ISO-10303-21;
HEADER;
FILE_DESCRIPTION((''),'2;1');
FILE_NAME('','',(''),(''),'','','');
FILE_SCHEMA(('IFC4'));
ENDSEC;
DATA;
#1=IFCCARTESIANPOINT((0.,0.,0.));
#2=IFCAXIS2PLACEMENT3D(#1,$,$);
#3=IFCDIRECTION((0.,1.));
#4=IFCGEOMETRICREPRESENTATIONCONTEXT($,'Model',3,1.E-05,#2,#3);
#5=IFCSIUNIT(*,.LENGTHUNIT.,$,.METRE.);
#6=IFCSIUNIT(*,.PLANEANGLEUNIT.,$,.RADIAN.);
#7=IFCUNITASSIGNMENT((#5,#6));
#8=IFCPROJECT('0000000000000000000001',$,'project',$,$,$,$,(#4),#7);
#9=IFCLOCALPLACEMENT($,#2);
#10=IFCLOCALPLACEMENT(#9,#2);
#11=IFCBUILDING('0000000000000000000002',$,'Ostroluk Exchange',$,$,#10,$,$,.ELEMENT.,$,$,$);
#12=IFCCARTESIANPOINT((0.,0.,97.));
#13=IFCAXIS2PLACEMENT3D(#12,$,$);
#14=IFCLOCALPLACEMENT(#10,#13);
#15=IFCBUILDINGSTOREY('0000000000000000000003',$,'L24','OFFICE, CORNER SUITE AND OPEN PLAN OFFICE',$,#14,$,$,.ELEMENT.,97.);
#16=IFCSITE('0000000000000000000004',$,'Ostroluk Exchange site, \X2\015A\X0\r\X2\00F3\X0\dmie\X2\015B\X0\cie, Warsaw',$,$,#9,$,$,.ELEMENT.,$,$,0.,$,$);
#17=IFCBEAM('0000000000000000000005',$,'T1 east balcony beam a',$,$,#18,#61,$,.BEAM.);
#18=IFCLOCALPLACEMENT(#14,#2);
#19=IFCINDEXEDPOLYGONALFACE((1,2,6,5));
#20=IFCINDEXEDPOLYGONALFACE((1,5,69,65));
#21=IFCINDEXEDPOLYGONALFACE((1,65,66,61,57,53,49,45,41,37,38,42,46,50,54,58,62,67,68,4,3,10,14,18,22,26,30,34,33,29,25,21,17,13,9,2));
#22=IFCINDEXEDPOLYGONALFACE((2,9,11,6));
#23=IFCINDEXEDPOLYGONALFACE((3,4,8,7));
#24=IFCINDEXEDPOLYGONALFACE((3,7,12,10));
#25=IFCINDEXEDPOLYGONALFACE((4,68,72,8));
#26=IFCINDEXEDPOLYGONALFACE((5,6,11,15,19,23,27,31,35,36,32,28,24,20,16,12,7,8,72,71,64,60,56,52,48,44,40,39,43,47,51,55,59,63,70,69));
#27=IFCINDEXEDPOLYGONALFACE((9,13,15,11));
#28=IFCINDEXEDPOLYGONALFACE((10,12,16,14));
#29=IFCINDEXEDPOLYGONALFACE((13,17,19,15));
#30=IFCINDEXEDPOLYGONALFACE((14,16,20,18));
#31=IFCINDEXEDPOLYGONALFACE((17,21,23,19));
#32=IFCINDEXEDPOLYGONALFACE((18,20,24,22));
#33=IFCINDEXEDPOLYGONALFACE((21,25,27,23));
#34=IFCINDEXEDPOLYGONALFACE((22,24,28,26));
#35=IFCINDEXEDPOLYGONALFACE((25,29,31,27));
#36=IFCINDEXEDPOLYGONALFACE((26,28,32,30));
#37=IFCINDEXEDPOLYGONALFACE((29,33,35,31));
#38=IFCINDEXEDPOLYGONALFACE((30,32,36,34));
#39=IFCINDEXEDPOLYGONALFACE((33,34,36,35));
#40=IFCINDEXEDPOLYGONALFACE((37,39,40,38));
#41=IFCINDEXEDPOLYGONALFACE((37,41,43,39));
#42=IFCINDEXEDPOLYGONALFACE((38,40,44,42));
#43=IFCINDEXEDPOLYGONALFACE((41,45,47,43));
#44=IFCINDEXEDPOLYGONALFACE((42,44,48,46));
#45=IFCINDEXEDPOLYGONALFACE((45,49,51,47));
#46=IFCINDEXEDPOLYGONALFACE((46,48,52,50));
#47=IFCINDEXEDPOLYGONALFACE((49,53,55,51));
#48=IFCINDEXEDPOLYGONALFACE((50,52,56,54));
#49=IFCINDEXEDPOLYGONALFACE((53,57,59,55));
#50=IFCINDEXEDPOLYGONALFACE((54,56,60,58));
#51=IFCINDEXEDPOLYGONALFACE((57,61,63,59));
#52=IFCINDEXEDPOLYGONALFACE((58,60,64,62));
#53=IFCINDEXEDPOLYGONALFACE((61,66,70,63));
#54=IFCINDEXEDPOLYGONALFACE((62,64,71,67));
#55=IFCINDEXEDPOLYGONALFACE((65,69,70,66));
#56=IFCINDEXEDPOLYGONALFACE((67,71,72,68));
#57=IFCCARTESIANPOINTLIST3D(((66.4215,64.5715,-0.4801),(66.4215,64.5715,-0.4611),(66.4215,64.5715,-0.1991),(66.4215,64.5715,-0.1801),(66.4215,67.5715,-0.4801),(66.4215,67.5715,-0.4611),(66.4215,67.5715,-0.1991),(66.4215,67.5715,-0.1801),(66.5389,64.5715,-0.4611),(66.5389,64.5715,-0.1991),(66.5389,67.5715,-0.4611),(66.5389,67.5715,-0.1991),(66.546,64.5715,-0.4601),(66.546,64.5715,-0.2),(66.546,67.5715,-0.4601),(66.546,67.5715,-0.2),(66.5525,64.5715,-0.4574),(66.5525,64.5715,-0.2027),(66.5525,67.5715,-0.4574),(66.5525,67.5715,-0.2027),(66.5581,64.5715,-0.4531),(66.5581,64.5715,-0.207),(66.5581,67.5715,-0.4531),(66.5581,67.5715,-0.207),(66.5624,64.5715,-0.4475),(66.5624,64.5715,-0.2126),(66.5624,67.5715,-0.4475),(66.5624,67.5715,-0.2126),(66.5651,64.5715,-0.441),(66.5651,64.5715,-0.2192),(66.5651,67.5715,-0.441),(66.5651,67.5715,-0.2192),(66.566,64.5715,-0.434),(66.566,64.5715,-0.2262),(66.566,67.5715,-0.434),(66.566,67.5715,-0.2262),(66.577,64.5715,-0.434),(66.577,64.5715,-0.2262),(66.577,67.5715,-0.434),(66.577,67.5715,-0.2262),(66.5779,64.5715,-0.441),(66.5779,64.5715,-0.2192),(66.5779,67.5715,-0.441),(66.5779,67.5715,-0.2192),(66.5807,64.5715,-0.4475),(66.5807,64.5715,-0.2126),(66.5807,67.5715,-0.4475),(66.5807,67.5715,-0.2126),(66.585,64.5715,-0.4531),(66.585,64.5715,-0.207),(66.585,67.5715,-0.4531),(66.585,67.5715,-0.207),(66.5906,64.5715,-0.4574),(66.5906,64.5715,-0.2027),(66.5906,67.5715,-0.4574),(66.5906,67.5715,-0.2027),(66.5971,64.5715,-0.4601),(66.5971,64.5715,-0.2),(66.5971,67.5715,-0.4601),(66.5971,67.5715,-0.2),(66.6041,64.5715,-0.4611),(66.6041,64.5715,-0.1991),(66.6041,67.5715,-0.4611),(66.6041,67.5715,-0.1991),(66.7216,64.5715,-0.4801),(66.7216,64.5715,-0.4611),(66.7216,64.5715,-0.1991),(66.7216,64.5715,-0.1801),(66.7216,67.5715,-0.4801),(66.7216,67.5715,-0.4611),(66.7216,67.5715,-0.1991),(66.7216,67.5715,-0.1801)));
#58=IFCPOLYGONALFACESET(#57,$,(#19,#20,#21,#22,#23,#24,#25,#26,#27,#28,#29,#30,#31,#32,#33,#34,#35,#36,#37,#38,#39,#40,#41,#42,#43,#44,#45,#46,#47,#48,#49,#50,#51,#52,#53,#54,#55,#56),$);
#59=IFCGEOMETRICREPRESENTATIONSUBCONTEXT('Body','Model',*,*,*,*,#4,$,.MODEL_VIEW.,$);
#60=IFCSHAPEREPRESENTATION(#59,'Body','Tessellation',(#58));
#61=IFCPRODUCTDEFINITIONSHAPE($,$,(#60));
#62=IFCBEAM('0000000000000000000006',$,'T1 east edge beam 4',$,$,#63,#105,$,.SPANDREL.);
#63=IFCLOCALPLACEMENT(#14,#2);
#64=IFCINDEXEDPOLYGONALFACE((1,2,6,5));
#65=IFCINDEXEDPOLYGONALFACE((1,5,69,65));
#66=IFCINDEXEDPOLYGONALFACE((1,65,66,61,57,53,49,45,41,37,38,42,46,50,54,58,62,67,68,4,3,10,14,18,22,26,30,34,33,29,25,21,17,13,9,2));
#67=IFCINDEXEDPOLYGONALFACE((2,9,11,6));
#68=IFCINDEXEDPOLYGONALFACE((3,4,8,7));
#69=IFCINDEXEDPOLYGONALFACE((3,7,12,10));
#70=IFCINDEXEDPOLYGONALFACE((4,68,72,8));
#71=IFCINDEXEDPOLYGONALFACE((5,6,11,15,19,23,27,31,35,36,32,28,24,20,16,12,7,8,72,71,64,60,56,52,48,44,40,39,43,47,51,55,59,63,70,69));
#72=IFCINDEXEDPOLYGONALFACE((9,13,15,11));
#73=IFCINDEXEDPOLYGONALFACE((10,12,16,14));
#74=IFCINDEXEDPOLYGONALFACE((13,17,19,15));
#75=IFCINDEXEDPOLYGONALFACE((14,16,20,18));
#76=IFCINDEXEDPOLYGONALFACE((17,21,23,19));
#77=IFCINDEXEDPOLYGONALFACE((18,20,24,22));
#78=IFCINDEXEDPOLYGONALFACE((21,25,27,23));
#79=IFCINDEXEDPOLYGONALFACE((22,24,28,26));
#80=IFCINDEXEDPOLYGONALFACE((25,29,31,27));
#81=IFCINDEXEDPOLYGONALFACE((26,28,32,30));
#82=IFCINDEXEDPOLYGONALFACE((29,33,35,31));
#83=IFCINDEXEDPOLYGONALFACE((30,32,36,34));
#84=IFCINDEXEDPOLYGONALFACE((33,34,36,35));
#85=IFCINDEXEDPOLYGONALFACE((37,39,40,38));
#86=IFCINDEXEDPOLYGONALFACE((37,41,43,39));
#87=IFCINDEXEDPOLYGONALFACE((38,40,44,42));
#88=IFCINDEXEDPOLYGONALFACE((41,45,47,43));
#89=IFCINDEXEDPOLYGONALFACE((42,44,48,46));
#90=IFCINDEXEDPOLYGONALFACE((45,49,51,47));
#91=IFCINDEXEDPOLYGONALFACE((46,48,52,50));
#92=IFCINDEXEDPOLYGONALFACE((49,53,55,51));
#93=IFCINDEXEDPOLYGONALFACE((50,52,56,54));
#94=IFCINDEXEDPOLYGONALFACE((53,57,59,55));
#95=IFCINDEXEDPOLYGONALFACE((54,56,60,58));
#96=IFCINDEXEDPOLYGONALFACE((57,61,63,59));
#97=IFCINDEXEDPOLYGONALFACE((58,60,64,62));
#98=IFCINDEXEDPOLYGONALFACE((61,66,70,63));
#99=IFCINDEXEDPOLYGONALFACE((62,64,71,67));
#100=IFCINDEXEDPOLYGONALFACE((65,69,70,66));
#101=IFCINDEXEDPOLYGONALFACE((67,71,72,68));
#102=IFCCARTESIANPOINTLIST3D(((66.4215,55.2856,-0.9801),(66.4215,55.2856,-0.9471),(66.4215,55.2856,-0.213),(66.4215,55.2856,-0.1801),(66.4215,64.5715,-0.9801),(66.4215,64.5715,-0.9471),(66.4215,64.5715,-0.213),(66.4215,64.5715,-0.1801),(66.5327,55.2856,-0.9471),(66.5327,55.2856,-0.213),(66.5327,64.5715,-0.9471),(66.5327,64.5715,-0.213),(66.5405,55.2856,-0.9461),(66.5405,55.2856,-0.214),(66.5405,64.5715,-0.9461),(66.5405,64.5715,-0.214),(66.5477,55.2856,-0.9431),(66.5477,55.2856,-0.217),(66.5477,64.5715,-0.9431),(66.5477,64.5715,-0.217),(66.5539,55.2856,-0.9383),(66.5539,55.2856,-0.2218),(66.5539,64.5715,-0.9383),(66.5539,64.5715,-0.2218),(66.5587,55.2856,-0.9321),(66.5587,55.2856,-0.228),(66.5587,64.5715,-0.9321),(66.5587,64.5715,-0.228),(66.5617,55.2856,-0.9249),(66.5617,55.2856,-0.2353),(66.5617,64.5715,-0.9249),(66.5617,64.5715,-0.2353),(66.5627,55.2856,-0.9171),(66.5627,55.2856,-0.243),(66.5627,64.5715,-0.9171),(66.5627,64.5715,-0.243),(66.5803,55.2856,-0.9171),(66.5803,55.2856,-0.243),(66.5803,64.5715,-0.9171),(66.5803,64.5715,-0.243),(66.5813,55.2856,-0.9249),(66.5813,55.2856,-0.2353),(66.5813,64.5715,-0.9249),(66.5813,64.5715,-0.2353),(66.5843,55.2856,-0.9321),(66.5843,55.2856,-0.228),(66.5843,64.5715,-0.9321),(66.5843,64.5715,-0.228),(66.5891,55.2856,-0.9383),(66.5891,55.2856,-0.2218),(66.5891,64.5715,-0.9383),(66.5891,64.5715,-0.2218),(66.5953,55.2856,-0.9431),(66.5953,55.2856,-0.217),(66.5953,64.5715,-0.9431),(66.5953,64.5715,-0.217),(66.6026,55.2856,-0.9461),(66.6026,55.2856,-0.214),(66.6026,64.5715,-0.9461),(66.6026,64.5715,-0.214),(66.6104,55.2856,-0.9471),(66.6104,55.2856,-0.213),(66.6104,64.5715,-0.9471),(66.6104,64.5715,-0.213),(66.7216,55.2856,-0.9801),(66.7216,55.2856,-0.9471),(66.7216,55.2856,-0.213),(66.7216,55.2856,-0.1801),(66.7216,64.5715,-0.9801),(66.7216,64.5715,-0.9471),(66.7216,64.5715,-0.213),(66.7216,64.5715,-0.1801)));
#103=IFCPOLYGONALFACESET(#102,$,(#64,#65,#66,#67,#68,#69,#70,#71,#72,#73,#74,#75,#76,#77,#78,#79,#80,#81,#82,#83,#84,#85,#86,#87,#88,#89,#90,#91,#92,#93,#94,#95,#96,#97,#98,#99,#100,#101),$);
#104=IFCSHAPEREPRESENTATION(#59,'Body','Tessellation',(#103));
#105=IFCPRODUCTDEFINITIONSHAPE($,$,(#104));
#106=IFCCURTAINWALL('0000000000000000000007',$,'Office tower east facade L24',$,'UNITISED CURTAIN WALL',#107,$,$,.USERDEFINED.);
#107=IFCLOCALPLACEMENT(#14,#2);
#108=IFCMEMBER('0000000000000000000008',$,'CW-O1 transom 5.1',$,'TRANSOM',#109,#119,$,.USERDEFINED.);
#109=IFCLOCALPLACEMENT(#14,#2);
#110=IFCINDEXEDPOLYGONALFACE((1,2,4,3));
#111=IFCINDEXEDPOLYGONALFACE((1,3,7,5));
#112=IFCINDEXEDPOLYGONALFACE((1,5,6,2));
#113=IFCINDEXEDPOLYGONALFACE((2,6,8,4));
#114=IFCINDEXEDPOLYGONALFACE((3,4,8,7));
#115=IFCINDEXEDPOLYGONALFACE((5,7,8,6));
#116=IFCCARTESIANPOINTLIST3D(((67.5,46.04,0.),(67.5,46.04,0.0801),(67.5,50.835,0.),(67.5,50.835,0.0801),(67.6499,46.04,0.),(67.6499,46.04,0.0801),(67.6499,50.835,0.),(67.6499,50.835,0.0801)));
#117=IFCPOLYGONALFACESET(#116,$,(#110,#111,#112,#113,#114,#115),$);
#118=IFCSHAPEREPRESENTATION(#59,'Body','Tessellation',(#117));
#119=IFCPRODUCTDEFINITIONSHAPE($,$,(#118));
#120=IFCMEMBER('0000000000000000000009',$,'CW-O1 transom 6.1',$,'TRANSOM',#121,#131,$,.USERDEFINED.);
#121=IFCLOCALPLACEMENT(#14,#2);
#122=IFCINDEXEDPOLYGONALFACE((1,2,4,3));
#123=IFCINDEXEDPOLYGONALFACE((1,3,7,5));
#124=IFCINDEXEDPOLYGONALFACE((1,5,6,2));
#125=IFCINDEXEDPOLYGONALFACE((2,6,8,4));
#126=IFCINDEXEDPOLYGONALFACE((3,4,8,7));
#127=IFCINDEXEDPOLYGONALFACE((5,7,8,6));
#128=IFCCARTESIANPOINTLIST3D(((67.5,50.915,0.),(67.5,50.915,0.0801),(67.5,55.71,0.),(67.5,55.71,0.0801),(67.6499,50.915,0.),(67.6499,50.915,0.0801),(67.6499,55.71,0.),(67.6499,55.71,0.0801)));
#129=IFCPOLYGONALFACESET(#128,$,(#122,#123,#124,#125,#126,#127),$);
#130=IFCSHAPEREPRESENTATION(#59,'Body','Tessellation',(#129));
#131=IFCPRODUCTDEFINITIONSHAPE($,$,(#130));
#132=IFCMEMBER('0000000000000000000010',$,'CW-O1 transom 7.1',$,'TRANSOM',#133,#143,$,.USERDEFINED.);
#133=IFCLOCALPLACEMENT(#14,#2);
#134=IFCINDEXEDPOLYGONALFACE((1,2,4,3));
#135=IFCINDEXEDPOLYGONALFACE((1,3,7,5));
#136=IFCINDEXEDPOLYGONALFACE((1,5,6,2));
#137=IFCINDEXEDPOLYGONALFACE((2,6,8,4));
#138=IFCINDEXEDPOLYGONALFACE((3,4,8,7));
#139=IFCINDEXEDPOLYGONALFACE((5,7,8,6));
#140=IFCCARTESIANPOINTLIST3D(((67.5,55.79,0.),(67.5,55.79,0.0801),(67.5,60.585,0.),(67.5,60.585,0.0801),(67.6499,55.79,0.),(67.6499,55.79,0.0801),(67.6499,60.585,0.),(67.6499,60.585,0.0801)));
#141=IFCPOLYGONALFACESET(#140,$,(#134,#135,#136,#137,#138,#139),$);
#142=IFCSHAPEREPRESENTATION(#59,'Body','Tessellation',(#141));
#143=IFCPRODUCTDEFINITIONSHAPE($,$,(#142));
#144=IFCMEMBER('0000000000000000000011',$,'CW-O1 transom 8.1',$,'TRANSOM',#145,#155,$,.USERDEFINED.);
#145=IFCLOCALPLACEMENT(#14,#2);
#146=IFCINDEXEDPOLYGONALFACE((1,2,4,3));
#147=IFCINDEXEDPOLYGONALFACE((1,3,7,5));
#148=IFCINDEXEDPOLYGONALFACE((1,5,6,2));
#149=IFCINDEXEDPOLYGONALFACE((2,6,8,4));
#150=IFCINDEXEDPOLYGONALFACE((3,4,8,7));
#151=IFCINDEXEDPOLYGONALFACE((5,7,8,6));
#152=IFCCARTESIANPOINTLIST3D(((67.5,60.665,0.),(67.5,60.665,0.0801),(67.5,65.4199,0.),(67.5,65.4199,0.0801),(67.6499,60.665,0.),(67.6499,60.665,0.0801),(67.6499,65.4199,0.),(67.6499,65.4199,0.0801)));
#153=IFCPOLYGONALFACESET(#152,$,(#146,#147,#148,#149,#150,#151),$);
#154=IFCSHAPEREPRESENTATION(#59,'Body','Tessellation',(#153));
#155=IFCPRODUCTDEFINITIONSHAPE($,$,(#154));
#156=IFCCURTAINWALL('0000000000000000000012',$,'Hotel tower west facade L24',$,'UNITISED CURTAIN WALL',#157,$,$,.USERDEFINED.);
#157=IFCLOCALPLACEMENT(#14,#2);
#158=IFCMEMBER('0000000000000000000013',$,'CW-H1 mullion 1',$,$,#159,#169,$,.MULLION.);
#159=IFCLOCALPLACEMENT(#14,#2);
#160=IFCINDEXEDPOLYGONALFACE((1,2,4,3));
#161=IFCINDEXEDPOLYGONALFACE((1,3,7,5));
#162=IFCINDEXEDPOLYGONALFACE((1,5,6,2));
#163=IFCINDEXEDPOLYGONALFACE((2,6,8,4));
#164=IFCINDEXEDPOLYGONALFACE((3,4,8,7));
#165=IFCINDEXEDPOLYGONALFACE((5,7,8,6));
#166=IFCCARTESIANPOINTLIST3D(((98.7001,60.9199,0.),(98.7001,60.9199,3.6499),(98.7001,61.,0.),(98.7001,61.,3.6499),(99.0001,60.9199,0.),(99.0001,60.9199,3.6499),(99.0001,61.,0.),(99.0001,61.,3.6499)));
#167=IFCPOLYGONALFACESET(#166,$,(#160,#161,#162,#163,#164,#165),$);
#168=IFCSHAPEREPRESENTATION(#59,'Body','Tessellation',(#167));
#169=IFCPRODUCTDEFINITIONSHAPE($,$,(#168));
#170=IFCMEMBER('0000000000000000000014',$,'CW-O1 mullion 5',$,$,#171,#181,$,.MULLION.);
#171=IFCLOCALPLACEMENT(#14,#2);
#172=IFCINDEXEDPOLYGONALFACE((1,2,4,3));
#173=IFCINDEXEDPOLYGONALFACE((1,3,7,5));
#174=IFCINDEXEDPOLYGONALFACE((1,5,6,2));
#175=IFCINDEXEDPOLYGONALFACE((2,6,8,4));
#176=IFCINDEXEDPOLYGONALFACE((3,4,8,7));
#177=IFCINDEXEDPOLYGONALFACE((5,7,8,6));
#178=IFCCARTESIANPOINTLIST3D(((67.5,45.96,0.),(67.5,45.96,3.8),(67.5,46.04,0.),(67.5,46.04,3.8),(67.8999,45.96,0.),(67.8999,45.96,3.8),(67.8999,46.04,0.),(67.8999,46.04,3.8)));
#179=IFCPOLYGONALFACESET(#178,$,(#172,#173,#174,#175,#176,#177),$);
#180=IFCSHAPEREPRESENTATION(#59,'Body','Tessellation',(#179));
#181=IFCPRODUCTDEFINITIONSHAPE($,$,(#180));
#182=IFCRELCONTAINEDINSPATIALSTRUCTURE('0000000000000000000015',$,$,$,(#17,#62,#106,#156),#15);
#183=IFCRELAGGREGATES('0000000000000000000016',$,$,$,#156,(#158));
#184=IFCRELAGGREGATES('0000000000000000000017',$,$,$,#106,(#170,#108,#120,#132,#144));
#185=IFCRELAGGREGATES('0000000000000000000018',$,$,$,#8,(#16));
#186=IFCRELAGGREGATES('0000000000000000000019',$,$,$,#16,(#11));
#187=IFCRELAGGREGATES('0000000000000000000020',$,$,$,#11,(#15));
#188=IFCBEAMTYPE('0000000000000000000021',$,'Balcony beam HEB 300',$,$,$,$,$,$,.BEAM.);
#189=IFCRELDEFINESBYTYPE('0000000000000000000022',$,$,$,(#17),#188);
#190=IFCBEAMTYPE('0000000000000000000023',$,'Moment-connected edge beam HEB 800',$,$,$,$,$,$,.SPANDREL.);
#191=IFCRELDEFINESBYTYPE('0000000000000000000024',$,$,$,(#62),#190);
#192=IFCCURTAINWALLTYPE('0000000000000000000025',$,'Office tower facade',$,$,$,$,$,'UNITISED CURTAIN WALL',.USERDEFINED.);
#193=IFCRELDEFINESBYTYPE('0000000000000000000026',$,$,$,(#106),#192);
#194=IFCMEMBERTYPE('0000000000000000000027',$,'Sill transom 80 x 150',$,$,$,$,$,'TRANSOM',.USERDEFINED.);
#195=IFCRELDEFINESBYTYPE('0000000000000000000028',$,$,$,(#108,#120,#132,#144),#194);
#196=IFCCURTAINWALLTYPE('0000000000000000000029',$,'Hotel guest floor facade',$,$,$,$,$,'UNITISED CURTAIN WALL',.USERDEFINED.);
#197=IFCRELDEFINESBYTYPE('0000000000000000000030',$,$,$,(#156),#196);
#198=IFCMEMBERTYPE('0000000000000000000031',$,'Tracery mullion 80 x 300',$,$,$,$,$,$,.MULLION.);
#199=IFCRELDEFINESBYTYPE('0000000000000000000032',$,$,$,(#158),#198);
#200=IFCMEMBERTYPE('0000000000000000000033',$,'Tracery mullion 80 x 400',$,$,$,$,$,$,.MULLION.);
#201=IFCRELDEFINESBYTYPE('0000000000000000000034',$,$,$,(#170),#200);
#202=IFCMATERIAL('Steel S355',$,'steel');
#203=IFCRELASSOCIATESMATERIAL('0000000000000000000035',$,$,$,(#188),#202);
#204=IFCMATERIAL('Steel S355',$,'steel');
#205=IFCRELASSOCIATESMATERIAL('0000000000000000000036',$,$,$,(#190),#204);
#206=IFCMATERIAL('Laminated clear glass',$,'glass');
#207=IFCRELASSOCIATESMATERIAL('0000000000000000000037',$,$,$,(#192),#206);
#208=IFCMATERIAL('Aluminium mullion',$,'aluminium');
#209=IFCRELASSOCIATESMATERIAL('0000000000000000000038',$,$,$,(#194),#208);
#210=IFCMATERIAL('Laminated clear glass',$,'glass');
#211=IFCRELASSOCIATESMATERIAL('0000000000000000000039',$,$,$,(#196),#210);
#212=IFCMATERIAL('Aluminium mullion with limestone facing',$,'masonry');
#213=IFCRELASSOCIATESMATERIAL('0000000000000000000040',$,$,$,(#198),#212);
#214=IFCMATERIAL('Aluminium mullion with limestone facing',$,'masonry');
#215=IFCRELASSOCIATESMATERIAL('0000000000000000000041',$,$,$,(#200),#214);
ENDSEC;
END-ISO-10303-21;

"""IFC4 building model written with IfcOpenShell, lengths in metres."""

from ifc_helpers import new_model, si_unit, direction, frame, origin, origin_2d, place, context, subcontext, project, spatial, rectangle, i_section, extrude, material, material_profile, profile_set, type_object, element, aggregate, save


model = new_model("IFC4")

# Units and contexts
model_context = context("Model", 3, precision=1e-05, world=origin(), true_north=direction((0.0, 1.0)))
body_context = subcontext(model_context, "Body", "Model", "MODEL_VIEW")
ifc_project = project(units=[si_unit("LENGTHUNIT", "METRE"), si_unit("PLANEANGLEUNIT", "RADIAN")], contexts=[model_context])

# Site, building, storey
site_placement = place(None, origin())
site = spatial("IfcSite", under=ifc_project, at=site_placement, Name="Ostroluk Exchange site, Śródmieście, Warsaw", CompositionType="ELEMENT", RefElevation=0.0)
building_placement = place(site_placement, origin())
building = spatial("IfcBuilding", under=site, at=building_placement, Name="Ostroluk Exchange", CompositionType="ELEMENT")
storey_placement = place(building_placement, frame((0.0, 0.0, 97.0)))
storey = spatial("IfcBuildingStorey", under=building, at=storey_placement, Name="L24", Description="OFFICE, CORNER SUITE AND OPEN PLAN OFFICE", CompositionType="ELEMENT", Elevation=97.0)

# Beams
ifc_material_1 = material(Name="Steel S355", Category="steel")
ifc_material_profile_1 = material_profile(ifc_material_1, i_section(OverallWidth=0.3, OverallDepth=0.3, WebThickness=0.011, FlangeThickness=0.019, FilletRadius=0.0271, at=origin_2d()), Name="HEB 300")
ifc_profile_set_1 = profile_set([ifc_material_profile_1], Name="Steel S355")
beam_type_1 = type_object("IfcBeamType", Name="Balcony beam HEB 300", PredefinedType="BEAM", material=ifc_profile_set_1)
beam_1_placement = place(storey_placement, frame((66.5715, 64.5715, -0.3301), z_axis=(0.0, 1.0, 0.0), x_axis=(-1.0, 0.0, 0.0)))
element("IfcBeam", 1, at=beam_1_placement, inside=storey, type_object=beam_type_1, Name="T1 east balcony beam a", PredefinedType="BEAM", context=body_context, shape_type="SweptSolid", body=[
    extrude(i_section(OverallWidth=0.3, OverallDepth=0.3, WebThickness=0.011, FlangeThickness=0.019, FilletRadius=0.0271, at=origin_2d()), origin(), (0.0, 0.0, 1.0), 3.0),
])
ifc_material_2 = material(Name="Steel S355", Category="steel")
ifc_material_profile_2 = material_profile(ifc_material_2, i_section(OverallWidth=0.3, OverallDepth=0.8, WebThickness=0.0176, FlangeThickness=0.033, FilletRadius=0.03, at=origin_2d()), Name="HEB 800")
ifc_profile_set_2 = profile_set([ifc_material_profile_2], Name="Steel S355")
beam_type_2 = type_object("IfcBeamType", Name="Moment-connected edge beam HEB 800", PredefinedType="SPANDREL", material=ifc_profile_set_2)
beam_2_placement = place(storey_placement, frame((66.5715, 55.2856, -0.5801), z_axis=(0.0, 1.0, 0.0), x_axis=(-1.0, 0.0, 0.0)))
element("IfcBeam", 2, at=beam_2_placement, inside=storey, type_object=beam_type_2, Name="T1 east edge beam 4", PredefinedType="SPANDREL", context=body_context, shape_type="SweptSolid", body=[
    extrude(i_section(OverallWidth=0.3, OverallDepth=0.8, WebThickness=0.0176, FlangeThickness=0.033, FilletRadius=0.03, at=origin_2d()), origin(), (0.0, 0.0, 1.0), 9.2859),
])

# Curtain wall, members
ifc_material_3 = material(Name="Laminated clear glass", Category="glass")
curtain_wall_type_1 = type_object("IfcCurtainWallType", Name="Office tower facade", ElementType="UNITISED CURTAIN WALL", PredefinedType="USERDEFINED", material=ifc_material_3)
curtain_wall_1_placement = place(storey_placement, origin())
curtain_wall_1 = element("IfcCurtainWall", 3, at=curtain_wall_1_placement, inside=storey, type_object=curtain_wall_type_1, Name="Office tower east facade L24", ObjectType="UNITISED CURTAIN WALL", PredefinedType="USERDEFINED")
ifc_material_4 = material(Name="Aluminium mullion", Category="aluminium")
ifc_material_profile_3 = material_profile(ifc_material_4, rectangle(XDim=0.1499, YDim=0.0801, at=origin_2d()), Name="Sill transom 80 x 150")
ifc_profile_set_3 = profile_set([ifc_material_profile_3], Name="Aluminium mullion")
member_type_1 = type_object("IfcMemberType", Name="Sill transom 80 x 150", ElementType="TRANSOM", PredefinedType="USERDEFINED", material=ifc_profile_set_3)
member_1_placement = place(storey_placement, frame((67.575, 46.04, 0.04), z_axis=(0.0, 1.0, 0.0), x_axis=(-1.0, 0.0, 0.0)))
member_1 = element("IfcMember", 4, at=member_1_placement, type_object=member_type_1, Name="CW-O1 transom 5.1", ObjectType="TRANSOM", PredefinedType="USERDEFINED", context=body_context, shape_type="SweptSolid", body=[
    extrude(rectangle(XDim=0.1499, YDim=0.0801, at=origin_2d()), origin(), (0.0, 0.0, 1.0), 4.7949),
])
member_2_placement = place(storey_placement, frame((67.575, 50.915, 0.04), z_axis=(0.0, 1.0, 0.0), x_axis=(-1.0, 0.0, 0.0)))
member_2 = element("IfcMember", 5, at=member_2_placement, type_object=member_type_1, Name="CW-O1 transom 6.1", ObjectType="TRANSOM", PredefinedType="USERDEFINED", context=body_context, shape_type="SweptSolid", body=[
    extrude(rectangle(XDim=0.1499, YDim=0.0801, at=origin_2d()), origin(), (0.0, 0.0, 1.0), 4.7949),
])
member_3_placement = place(storey_placement, frame((67.575, 55.79, 0.04), z_axis=(0.0, 1.0, 0.0), x_axis=(-1.0, 0.0, 0.0)))
member_3 = element("IfcMember", 6, at=member_3_placement, type_object=member_type_1, Name="CW-O1 transom 7.1", ObjectType="TRANSOM", PredefinedType="USERDEFINED", context=body_context, shape_type="SweptSolid", body=[
    extrude(rectangle(XDim=0.1499, YDim=0.0801, at=origin_2d()), origin(), (0.0, 0.0, 1.0), 4.7949),
])
member_4_placement = place(storey_placement, frame((67.575, 60.665, 0.04), z_axis=(0.0, 1.0, 0.0), x_axis=(-1.0, 0.0, 0.0)))
member_4 = element("IfcMember", 7, at=member_4_placement, type_object=member_type_1, Name="CW-O1 transom 8.1", ObjectType="TRANSOM", PredefinedType="USERDEFINED", context=body_context, shape_type="SweptSolid", body=[
    extrude(rectangle(XDim=0.1499, YDim=0.0801, at=origin_2d()), origin(), (0.0, 0.0, 1.0), 4.7549),
])

# Curtain wall, member
ifc_material_5 = material(Name="Laminated clear glass", Category="glass")
curtain_wall_type_2 = type_object("IfcCurtainWallType", Name="Hotel guest floor facade", ElementType="UNITISED CURTAIN WALL", PredefinedType="USERDEFINED", material=ifc_material_5)
curtain_wall_2_placement = place(storey_placement, origin())
curtain_wall_2 = element("IfcCurtainWall", 8, at=curtain_wall_2_placement, inside=storey, type_object=curtain_wall_type_2, Name="Hotel tower west facade L24", ObjectType="UNITISED CURTAIN WALL", PredefinedType="USERDEFINED")
ifc_material_6 = material(Name="Aluminium mullion with limestone facing", Category="masonry")
ifc_material_profile_4 = material_profile(ifc_material_6, rectangle(XDim=0.3, YDim=0.0801, at=origin_2d()), Name="Tracery mullion 80 x 300")
ifc_profile_set_4 = profile_set([ifc_material_profile_4], Name="Aluminium mullion with limestone facing")
member_type_2 = type_object("IfcMemberType", Name="Tracery mullion 80 x 300", PredefinedType="MULLION", material=ifc_profile_set_4)
member_5_placement = place(storey_placement, frame((98.8501, 60.96, 0.0), z_axis=(0.0, 0.0, 1.0), x_axis=(1.0, 0.0, 0.0)))
member_5 = element("IfcMember", 9, at=member_5_placement, type_object=member_type_2, Name="CW-H1 mullion 1", PredefinedType="MULLION", context=body_context, shape_type="SweptSolid", body=[
    extrude(rectangle(XDim=0.3, YDim=0.0801, at=origin_2d()), origin(), (0.0, 0.0, 1.0), 3.6499),
])
aggregate(curtain_wall_2, [member_5])

# Member
ifc_material_7 = material(Name="Aluminium mullion with limestone facing", Category="masonry")
ifc_material_profile_5 = material_profile(ifc_material_7, rectangle(XDim=0.3999, YDim=0.0801, at=origin_2d()), Name="Tracery mullion 80 x 400")
ifc_profile_set_5 = profile_set([ifc_material_profile_5], Name="Aluminium mullion with limestone facing")
member_type_3 = type_object("IfcMemberType", Name="Tracery mullion 80 x 400", PredefinedType="MULLION", material=ifc_profile_set_5)
member_6_placement = place(storey_placement, frame((67.7, 46.0, 0.0), z_axis=(0.0, 0.0, 1.0), x_axis=(-1.0, 0.0, 0.0)))
member_6 = element("IfcMember", 10, at=member_6_placement, type_object=member_type_3, Name="CW-O1 mullion 5", PredefinedType="MULLION", context=body_context, shape_type="SweptSolid", body=[
    extrude(rectangle(XDim=0.3999, YDim=0.0801, at=origin_2d()), origin(), (0.0, 0.0, 1.0), 3.8),
])

aggregate(curtain_wall_1, [member_6, member_1, member_2, member_3, member_4])

save(model, "model.ifc")
